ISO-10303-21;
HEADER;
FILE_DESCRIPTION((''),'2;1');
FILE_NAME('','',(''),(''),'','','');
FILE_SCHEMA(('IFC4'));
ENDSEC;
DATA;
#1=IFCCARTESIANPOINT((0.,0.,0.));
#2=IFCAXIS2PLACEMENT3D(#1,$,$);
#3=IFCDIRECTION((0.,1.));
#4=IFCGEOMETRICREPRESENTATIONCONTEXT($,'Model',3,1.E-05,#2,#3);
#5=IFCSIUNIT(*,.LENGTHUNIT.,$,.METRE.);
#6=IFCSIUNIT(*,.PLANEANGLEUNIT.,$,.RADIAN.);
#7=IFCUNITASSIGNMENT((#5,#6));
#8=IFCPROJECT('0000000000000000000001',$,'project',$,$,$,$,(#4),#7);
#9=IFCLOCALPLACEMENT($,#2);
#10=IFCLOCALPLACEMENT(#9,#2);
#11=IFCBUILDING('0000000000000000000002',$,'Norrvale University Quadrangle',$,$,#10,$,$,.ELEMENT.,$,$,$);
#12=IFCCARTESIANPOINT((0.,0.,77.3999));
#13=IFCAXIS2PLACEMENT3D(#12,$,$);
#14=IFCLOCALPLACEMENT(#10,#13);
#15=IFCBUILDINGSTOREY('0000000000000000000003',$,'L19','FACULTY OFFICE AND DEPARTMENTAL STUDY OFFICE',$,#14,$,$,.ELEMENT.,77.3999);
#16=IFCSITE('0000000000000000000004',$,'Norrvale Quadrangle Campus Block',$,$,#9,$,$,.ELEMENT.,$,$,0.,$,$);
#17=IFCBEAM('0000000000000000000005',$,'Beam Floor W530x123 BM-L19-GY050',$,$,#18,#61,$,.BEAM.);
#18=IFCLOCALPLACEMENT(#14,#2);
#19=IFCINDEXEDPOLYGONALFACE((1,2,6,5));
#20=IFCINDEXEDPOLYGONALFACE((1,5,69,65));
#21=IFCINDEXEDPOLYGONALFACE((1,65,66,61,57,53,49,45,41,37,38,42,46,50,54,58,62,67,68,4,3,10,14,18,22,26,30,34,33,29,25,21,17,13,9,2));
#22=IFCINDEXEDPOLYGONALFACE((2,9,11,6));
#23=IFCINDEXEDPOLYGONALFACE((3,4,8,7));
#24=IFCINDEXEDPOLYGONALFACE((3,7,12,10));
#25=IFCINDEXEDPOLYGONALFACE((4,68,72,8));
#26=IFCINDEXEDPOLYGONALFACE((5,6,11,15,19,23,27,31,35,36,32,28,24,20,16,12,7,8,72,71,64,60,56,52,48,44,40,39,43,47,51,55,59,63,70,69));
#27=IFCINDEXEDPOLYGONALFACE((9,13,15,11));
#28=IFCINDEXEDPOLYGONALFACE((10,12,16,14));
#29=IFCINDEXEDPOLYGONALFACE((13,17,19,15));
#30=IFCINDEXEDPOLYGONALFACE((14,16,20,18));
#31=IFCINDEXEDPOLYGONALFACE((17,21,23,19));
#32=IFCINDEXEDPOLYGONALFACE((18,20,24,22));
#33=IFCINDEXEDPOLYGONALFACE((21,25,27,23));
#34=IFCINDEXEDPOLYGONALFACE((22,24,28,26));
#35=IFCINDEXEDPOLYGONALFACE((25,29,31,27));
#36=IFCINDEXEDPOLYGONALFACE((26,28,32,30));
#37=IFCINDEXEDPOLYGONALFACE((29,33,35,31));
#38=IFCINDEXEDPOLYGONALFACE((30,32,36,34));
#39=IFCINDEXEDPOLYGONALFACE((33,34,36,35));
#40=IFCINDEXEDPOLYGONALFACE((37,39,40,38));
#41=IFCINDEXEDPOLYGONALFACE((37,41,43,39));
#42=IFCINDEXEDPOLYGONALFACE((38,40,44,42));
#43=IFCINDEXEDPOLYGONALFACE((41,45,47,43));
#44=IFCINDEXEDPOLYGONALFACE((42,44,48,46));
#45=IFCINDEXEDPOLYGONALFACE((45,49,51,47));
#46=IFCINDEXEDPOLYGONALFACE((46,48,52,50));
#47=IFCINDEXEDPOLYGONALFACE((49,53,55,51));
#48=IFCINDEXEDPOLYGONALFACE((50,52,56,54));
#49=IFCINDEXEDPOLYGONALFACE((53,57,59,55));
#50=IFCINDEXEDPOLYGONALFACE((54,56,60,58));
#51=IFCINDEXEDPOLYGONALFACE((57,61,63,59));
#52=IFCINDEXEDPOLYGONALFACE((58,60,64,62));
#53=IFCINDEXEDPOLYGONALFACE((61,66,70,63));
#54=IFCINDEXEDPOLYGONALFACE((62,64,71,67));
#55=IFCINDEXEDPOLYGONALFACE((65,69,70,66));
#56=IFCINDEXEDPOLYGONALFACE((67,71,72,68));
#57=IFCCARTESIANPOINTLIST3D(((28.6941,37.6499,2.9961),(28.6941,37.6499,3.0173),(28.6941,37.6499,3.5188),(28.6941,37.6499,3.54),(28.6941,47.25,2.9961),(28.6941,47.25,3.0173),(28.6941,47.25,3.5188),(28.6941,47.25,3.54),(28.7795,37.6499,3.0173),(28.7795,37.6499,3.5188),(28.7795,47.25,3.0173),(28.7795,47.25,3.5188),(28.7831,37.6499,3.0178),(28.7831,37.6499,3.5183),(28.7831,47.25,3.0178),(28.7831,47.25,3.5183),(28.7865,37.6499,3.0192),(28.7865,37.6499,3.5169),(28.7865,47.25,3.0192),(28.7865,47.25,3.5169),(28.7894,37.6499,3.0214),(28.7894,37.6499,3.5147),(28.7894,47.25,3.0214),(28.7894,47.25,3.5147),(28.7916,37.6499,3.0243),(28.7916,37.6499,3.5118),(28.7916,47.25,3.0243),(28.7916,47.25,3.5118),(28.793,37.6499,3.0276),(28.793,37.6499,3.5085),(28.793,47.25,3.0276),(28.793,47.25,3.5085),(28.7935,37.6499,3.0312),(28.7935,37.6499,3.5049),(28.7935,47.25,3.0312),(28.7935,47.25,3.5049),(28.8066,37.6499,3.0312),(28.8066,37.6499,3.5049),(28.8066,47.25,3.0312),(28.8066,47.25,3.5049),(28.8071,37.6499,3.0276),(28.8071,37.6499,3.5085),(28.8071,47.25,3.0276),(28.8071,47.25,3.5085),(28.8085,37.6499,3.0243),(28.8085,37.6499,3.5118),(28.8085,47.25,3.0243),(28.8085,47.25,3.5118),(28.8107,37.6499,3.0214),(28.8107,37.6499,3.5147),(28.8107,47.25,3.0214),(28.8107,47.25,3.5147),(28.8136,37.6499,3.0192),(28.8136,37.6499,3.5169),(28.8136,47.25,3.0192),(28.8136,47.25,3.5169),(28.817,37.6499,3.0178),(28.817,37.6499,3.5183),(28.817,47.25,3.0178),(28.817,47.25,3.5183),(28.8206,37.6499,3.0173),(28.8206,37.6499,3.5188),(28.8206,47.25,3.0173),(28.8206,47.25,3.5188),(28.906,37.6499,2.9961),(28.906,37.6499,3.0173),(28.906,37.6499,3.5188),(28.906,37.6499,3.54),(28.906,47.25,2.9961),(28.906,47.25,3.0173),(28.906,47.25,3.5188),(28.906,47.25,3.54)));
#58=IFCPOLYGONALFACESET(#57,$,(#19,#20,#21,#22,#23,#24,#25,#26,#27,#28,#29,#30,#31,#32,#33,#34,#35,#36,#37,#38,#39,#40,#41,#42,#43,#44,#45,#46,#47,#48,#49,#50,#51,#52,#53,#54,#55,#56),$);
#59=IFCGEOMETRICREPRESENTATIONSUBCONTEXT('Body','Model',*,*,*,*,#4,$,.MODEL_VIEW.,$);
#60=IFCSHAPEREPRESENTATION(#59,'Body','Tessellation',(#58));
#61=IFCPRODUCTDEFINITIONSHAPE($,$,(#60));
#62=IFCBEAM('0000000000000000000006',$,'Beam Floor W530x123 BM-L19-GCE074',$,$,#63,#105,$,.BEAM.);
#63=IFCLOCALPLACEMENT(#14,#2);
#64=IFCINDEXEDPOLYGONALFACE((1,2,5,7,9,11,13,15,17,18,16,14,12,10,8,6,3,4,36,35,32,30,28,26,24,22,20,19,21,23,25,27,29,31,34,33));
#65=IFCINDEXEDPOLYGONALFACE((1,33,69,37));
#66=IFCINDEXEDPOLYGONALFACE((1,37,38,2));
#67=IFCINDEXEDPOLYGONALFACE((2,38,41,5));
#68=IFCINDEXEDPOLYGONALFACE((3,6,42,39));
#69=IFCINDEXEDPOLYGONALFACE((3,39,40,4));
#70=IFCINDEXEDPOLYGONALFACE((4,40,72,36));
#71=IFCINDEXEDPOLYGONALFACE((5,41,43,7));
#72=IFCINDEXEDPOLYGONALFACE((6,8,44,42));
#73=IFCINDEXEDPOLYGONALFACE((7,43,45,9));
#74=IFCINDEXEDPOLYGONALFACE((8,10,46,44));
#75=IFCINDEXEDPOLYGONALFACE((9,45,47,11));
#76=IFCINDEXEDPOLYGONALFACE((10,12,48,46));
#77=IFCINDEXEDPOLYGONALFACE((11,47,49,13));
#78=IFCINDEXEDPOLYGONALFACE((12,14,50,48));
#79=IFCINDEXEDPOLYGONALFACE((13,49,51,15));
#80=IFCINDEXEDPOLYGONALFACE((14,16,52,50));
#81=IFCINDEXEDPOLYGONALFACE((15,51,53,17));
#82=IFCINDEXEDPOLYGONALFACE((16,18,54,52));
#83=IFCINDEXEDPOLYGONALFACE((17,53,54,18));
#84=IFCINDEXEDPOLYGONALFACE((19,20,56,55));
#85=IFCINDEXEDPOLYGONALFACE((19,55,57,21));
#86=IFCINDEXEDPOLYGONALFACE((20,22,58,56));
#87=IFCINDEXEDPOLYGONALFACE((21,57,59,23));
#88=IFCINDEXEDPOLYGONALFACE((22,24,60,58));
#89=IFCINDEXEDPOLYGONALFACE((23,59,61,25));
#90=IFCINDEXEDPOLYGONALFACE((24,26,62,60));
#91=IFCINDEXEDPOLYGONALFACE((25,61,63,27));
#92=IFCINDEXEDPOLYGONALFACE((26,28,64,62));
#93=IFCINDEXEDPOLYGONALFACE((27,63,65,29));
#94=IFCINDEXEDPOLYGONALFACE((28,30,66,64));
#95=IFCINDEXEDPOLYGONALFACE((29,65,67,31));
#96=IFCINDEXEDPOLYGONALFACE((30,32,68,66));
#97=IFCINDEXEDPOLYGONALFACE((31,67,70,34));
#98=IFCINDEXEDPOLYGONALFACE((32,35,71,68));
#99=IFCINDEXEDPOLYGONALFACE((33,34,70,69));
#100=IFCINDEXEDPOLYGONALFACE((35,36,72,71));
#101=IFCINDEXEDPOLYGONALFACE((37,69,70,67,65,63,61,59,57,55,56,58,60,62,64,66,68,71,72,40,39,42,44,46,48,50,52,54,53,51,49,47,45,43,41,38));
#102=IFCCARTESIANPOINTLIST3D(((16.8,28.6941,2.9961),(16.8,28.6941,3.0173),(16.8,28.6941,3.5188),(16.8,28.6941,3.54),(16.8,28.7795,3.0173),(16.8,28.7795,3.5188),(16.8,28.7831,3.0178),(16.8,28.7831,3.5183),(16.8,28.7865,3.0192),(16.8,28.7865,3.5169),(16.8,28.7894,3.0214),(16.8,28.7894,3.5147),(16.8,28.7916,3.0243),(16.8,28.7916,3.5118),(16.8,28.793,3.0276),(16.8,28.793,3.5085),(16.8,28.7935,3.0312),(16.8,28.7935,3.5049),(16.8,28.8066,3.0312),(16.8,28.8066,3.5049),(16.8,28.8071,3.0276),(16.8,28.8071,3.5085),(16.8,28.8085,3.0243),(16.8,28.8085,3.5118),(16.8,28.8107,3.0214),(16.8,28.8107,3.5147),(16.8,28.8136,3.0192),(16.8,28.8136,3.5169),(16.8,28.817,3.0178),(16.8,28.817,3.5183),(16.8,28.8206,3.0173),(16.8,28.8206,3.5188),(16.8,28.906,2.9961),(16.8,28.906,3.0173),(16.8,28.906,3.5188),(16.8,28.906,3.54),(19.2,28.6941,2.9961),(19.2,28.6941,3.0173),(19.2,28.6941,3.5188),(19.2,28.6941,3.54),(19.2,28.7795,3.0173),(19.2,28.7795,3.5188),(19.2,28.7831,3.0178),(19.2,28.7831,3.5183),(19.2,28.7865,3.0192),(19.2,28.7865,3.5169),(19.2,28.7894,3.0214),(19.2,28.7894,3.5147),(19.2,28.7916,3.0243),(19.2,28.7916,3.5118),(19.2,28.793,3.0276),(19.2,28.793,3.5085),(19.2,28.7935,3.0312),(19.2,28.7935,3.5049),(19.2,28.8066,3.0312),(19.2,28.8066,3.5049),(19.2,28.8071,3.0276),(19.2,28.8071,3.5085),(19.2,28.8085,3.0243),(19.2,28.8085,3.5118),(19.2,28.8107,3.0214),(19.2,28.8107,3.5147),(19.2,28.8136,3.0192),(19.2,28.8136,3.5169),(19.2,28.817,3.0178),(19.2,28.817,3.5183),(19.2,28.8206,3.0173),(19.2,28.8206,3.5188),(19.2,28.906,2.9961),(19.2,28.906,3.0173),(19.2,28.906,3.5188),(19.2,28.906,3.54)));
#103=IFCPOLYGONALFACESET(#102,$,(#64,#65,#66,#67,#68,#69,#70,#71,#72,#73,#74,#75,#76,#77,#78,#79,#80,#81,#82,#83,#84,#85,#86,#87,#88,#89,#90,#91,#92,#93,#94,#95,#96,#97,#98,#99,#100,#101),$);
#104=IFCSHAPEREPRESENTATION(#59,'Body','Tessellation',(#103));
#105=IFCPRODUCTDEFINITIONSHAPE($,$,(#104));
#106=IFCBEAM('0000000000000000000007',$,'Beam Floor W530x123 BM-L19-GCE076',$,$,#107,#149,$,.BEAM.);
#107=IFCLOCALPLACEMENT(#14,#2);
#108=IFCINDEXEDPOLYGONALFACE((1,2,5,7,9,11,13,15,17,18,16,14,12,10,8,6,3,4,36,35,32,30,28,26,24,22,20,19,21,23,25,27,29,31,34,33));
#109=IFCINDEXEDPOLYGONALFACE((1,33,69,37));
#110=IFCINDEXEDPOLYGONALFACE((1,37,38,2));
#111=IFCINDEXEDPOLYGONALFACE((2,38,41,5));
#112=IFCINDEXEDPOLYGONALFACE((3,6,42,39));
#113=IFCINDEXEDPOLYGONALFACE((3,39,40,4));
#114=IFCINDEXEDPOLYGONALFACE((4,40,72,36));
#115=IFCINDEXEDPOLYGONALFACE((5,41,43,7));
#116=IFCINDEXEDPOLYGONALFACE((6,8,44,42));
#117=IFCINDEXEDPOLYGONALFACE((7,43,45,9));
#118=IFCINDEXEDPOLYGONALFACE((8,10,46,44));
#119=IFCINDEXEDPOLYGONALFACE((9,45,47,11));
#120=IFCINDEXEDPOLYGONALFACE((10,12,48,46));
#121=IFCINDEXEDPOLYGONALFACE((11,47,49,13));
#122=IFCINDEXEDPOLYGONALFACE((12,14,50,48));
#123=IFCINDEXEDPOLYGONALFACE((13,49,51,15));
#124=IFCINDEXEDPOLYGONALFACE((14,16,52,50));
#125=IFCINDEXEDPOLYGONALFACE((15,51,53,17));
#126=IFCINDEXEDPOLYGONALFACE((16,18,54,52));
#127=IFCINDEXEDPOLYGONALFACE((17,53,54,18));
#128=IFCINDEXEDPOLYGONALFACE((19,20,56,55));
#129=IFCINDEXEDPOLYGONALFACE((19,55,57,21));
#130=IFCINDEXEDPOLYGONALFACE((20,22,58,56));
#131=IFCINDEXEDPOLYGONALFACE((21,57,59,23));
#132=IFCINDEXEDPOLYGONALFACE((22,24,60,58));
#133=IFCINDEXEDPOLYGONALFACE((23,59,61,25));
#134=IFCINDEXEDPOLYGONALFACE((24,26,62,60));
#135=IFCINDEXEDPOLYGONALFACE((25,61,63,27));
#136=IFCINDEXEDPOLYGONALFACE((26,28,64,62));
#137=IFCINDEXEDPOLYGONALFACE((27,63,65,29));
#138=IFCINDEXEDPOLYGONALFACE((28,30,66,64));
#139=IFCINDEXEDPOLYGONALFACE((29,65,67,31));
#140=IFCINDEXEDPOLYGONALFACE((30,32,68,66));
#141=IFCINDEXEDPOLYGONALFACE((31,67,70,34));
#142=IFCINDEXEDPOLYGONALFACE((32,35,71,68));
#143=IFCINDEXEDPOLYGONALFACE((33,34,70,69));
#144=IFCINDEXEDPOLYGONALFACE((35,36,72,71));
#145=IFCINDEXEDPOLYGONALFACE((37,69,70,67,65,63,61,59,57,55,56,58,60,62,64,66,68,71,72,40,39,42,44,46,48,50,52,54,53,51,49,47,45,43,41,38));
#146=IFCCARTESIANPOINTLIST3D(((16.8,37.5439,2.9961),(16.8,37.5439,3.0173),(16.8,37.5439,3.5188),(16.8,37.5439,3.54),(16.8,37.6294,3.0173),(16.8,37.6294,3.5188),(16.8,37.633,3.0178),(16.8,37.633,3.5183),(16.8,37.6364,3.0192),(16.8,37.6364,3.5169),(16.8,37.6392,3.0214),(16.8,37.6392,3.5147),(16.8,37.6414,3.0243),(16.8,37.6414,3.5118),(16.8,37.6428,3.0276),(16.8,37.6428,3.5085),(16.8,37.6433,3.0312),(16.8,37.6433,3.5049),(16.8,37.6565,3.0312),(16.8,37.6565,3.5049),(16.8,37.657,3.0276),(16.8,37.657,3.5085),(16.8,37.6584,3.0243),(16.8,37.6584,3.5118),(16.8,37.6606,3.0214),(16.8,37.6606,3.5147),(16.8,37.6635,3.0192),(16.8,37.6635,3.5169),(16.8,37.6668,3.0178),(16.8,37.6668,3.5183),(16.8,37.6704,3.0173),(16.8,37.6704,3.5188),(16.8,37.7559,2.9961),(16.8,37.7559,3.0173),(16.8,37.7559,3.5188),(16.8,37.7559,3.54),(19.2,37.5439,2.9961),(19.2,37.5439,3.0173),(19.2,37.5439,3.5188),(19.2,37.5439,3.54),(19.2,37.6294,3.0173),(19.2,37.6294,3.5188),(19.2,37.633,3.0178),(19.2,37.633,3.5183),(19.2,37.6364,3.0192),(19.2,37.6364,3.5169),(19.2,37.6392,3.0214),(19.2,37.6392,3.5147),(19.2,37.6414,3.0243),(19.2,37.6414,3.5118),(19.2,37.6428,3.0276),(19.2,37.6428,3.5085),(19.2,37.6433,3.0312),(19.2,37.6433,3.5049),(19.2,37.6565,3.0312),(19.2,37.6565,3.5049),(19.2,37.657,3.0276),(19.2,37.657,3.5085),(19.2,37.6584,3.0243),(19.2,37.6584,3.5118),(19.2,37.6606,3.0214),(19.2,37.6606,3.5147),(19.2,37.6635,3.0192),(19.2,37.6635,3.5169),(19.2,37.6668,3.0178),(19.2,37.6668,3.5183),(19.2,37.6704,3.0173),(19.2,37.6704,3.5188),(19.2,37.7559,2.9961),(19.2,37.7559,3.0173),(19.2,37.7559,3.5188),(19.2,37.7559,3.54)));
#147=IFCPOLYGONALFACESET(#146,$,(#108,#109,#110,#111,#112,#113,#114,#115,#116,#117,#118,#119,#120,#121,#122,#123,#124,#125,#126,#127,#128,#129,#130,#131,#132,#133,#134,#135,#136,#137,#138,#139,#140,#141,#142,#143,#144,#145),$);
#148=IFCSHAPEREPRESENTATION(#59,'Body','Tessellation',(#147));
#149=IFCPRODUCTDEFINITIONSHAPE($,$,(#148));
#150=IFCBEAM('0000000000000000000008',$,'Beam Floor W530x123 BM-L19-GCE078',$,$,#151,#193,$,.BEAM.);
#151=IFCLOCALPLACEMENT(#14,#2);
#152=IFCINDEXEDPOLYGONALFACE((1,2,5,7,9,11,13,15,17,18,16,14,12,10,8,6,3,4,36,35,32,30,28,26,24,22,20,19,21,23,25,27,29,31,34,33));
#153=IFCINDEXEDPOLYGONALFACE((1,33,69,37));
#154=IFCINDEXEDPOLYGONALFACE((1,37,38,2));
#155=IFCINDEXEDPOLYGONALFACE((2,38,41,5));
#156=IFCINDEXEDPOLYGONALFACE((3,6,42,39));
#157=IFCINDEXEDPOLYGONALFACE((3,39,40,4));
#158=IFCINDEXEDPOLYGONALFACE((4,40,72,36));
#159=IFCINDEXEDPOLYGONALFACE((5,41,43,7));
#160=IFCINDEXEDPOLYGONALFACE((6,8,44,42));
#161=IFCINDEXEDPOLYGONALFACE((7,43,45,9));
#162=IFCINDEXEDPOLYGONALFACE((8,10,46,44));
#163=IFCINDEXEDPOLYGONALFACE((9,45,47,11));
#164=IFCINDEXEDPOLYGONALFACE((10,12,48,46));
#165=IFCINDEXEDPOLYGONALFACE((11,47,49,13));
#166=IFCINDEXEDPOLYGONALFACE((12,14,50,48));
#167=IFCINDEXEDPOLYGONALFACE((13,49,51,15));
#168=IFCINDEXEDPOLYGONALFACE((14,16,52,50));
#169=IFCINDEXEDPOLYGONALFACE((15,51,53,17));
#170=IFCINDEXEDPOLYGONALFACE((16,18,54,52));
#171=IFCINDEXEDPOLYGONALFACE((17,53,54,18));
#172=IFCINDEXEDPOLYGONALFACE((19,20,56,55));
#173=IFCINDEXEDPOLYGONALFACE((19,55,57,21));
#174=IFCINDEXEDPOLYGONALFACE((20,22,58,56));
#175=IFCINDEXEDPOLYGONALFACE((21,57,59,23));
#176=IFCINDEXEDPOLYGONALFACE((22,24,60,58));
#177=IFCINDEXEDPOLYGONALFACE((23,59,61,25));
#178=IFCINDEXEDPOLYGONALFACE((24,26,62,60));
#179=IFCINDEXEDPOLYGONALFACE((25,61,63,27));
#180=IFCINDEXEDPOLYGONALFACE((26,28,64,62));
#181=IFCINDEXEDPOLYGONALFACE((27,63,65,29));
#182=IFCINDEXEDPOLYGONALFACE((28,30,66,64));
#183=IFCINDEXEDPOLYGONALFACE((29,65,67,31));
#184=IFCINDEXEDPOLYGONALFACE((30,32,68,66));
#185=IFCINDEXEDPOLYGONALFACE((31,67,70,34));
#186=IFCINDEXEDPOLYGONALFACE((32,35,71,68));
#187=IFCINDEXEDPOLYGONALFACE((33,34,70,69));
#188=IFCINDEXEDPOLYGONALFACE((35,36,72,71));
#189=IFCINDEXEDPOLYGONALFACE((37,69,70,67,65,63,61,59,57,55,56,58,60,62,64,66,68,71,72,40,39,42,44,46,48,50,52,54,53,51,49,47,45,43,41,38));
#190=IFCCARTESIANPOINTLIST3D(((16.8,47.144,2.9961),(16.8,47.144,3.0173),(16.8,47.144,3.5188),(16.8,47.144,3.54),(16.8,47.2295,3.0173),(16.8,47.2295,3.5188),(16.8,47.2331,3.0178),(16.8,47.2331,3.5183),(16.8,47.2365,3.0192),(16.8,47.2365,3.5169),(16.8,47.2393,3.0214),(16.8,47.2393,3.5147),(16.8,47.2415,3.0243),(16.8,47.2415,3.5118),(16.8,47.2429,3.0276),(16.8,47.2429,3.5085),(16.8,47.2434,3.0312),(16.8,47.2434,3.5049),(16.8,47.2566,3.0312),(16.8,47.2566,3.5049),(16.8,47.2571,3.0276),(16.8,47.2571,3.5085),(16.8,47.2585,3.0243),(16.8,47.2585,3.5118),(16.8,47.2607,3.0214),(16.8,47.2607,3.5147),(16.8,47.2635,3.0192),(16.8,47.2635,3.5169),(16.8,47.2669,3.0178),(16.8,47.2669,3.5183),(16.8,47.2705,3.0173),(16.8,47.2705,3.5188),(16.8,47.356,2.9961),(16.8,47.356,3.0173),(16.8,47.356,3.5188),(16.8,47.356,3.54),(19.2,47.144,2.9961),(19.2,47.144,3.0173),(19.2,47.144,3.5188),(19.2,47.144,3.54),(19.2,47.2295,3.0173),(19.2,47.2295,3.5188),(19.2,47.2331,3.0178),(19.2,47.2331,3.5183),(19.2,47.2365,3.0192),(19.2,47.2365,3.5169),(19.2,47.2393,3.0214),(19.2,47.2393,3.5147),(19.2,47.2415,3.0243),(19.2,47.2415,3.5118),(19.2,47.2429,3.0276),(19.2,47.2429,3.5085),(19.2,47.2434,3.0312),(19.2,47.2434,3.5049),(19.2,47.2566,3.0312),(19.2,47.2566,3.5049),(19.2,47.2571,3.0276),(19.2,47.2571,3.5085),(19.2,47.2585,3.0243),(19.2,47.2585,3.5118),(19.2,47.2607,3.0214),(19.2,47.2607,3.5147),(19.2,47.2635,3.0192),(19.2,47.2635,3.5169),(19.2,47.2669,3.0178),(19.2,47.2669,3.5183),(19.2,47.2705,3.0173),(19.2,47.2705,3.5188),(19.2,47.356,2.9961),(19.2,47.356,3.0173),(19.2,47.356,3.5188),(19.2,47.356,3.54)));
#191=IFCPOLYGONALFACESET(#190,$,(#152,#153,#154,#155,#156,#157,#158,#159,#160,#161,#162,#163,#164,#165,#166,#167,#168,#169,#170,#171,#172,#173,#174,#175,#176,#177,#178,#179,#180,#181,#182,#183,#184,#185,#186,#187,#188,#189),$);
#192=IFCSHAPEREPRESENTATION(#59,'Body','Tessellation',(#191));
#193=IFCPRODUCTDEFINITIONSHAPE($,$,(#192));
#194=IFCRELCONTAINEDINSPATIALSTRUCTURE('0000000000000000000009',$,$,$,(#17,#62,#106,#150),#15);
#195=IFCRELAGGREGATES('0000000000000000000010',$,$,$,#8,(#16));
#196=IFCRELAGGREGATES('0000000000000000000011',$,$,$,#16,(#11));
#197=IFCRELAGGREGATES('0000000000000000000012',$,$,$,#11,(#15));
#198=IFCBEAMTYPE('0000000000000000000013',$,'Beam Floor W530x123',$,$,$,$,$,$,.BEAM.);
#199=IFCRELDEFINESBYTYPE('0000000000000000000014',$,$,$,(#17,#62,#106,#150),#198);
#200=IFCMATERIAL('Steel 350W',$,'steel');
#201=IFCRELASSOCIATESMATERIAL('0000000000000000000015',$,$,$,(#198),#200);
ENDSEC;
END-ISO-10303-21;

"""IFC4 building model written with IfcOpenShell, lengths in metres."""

from ifc_helpers import new_model, si_unit, direction, frame, origin, origin_2d, place, context, subcontext, project, spatial, i_section, extrude, material, material_profile, profile_set, type_object, element, save


model = new_model("IFC4")

# Units and contexts
model_context = context("Model", 3, precision=1e-05, world=origin(), true_north=direction((0.0, 1.0)))
body_context = subcontext(model_context, "Body", "Model", "MODEL_VIEW")
ifc_project = project(units=[si_unit("LENGTHUNIT", "METRE"), si_unit("PLANEANGLEUNIT", "RADIAN")], contexts=[model_context])

# Site, building, storey
site_placement = place(None, origin())
site = spatial("IfcSite", under=ifc_project, at=site_placement, Name="Norrvale Quadrangle Campus Block", CompositionType="ELEMENT", RefElevation=0.0)
building_placement = place(site_placement, origin())
building = spatial("IfcBuilding", under=site, at=building_placement, Name="Norrvale University Quadrangle", CompositionType="ELEMENT")
storey_placement = place(building_placement, frame((0.0, 0.0, 77.3999)))
storey = spatial("IfcBuildingStorey", under=building, at=storey_placement, Name="L19", Description="FACULTY OFFICE AND DEPARTMENTAL STUDY OFFICE", CompositionType="ELEMENT", Elevation=77.3999)

# Beams
ifc_material_1 = material(Name="Steel 350W", Category="steel")
ifc_material_profile_1 = material_profile(ifc_material_1, i_section(OverallWidth=0.2119, OverallDepth=0.5439, WebThickness=0.0132, FlangeThickness=0.0212, FilletRadius=0.0139, at=origin_2d()), Name="Steel 350W")
ifc_profile_set_1 = profile_set([ifc_material_profile_1], Name="Steel 350W")
beam_type_1 = type_object("IfcBeamType", Name="Beam Floor W530x123", PredefinedType="BEAM", material=ifc_profile_set_1)
beam_1_placement = place(storey_placement, frame((28.8, 37.6499, 3.2681), z_axis=(0.0, 1.0, 0.0), x_axis=(-1.0, 0.0, 0.0)))
element("IfcBeam", 1, at=beam_1_placement, inside=storey, type_object=beam_type_1, Name="Beam Floor W530x123 BM-L19-GY050", PredefinedType="BEAM", context=body_context, shape_type="SweptSolid", body=[
    extrude(i_section(OverallWidth=0.2119, OverallDepth=0.5439, WebThickness=0.0132, FlangeThickness=0.0212, FilletRadius=0.0139, at=origin_2d()), origin(), (0.0, 0.0, 1.0), 9.6001),
])
for number, where, z_axis, x_axis, name in (
    (2, (16.8, 28.8, 3.2681), (1.0, 0.0, 0.0), (0.0, 1.0, 0.0), "Beam Floor W530x123 BM-L19-GCE074"),
    (3, (16.8, 37.6499, 3.2681), (1.0, 0.0, 0.0), (0.0, 1.0, 0.0), "Beam Floor W530x123 BM-L19-GCE076"),
    (4, (16.8, 47.25, 3.2681), (1.0, 0.0, 0.0), (0.0, 1.0, 0.0), "Beam Floor W530x123 BM-L19-GCE078"),
):
    element("IfcBeam", number, at=place(storey_placement, frame(where, z_axis=z_axis, x_axis=x_axis)), inside=storey, type_object=beam_type_1, Name=name, PredefinedType="BEAM", context=body_context, shape_type="SweptSolid", body=[
        extrude(i_section(OverallWidth=0.2119, OverallDepth=0.5439, WebThickness=0.0132, FlangeThickness=0.0212, FilletRadius=0.0139, at=origin_2d()), origin(), (0.0, 0.0, 1.0), 2.3999),
    ])

save(model, "model.ifc")
